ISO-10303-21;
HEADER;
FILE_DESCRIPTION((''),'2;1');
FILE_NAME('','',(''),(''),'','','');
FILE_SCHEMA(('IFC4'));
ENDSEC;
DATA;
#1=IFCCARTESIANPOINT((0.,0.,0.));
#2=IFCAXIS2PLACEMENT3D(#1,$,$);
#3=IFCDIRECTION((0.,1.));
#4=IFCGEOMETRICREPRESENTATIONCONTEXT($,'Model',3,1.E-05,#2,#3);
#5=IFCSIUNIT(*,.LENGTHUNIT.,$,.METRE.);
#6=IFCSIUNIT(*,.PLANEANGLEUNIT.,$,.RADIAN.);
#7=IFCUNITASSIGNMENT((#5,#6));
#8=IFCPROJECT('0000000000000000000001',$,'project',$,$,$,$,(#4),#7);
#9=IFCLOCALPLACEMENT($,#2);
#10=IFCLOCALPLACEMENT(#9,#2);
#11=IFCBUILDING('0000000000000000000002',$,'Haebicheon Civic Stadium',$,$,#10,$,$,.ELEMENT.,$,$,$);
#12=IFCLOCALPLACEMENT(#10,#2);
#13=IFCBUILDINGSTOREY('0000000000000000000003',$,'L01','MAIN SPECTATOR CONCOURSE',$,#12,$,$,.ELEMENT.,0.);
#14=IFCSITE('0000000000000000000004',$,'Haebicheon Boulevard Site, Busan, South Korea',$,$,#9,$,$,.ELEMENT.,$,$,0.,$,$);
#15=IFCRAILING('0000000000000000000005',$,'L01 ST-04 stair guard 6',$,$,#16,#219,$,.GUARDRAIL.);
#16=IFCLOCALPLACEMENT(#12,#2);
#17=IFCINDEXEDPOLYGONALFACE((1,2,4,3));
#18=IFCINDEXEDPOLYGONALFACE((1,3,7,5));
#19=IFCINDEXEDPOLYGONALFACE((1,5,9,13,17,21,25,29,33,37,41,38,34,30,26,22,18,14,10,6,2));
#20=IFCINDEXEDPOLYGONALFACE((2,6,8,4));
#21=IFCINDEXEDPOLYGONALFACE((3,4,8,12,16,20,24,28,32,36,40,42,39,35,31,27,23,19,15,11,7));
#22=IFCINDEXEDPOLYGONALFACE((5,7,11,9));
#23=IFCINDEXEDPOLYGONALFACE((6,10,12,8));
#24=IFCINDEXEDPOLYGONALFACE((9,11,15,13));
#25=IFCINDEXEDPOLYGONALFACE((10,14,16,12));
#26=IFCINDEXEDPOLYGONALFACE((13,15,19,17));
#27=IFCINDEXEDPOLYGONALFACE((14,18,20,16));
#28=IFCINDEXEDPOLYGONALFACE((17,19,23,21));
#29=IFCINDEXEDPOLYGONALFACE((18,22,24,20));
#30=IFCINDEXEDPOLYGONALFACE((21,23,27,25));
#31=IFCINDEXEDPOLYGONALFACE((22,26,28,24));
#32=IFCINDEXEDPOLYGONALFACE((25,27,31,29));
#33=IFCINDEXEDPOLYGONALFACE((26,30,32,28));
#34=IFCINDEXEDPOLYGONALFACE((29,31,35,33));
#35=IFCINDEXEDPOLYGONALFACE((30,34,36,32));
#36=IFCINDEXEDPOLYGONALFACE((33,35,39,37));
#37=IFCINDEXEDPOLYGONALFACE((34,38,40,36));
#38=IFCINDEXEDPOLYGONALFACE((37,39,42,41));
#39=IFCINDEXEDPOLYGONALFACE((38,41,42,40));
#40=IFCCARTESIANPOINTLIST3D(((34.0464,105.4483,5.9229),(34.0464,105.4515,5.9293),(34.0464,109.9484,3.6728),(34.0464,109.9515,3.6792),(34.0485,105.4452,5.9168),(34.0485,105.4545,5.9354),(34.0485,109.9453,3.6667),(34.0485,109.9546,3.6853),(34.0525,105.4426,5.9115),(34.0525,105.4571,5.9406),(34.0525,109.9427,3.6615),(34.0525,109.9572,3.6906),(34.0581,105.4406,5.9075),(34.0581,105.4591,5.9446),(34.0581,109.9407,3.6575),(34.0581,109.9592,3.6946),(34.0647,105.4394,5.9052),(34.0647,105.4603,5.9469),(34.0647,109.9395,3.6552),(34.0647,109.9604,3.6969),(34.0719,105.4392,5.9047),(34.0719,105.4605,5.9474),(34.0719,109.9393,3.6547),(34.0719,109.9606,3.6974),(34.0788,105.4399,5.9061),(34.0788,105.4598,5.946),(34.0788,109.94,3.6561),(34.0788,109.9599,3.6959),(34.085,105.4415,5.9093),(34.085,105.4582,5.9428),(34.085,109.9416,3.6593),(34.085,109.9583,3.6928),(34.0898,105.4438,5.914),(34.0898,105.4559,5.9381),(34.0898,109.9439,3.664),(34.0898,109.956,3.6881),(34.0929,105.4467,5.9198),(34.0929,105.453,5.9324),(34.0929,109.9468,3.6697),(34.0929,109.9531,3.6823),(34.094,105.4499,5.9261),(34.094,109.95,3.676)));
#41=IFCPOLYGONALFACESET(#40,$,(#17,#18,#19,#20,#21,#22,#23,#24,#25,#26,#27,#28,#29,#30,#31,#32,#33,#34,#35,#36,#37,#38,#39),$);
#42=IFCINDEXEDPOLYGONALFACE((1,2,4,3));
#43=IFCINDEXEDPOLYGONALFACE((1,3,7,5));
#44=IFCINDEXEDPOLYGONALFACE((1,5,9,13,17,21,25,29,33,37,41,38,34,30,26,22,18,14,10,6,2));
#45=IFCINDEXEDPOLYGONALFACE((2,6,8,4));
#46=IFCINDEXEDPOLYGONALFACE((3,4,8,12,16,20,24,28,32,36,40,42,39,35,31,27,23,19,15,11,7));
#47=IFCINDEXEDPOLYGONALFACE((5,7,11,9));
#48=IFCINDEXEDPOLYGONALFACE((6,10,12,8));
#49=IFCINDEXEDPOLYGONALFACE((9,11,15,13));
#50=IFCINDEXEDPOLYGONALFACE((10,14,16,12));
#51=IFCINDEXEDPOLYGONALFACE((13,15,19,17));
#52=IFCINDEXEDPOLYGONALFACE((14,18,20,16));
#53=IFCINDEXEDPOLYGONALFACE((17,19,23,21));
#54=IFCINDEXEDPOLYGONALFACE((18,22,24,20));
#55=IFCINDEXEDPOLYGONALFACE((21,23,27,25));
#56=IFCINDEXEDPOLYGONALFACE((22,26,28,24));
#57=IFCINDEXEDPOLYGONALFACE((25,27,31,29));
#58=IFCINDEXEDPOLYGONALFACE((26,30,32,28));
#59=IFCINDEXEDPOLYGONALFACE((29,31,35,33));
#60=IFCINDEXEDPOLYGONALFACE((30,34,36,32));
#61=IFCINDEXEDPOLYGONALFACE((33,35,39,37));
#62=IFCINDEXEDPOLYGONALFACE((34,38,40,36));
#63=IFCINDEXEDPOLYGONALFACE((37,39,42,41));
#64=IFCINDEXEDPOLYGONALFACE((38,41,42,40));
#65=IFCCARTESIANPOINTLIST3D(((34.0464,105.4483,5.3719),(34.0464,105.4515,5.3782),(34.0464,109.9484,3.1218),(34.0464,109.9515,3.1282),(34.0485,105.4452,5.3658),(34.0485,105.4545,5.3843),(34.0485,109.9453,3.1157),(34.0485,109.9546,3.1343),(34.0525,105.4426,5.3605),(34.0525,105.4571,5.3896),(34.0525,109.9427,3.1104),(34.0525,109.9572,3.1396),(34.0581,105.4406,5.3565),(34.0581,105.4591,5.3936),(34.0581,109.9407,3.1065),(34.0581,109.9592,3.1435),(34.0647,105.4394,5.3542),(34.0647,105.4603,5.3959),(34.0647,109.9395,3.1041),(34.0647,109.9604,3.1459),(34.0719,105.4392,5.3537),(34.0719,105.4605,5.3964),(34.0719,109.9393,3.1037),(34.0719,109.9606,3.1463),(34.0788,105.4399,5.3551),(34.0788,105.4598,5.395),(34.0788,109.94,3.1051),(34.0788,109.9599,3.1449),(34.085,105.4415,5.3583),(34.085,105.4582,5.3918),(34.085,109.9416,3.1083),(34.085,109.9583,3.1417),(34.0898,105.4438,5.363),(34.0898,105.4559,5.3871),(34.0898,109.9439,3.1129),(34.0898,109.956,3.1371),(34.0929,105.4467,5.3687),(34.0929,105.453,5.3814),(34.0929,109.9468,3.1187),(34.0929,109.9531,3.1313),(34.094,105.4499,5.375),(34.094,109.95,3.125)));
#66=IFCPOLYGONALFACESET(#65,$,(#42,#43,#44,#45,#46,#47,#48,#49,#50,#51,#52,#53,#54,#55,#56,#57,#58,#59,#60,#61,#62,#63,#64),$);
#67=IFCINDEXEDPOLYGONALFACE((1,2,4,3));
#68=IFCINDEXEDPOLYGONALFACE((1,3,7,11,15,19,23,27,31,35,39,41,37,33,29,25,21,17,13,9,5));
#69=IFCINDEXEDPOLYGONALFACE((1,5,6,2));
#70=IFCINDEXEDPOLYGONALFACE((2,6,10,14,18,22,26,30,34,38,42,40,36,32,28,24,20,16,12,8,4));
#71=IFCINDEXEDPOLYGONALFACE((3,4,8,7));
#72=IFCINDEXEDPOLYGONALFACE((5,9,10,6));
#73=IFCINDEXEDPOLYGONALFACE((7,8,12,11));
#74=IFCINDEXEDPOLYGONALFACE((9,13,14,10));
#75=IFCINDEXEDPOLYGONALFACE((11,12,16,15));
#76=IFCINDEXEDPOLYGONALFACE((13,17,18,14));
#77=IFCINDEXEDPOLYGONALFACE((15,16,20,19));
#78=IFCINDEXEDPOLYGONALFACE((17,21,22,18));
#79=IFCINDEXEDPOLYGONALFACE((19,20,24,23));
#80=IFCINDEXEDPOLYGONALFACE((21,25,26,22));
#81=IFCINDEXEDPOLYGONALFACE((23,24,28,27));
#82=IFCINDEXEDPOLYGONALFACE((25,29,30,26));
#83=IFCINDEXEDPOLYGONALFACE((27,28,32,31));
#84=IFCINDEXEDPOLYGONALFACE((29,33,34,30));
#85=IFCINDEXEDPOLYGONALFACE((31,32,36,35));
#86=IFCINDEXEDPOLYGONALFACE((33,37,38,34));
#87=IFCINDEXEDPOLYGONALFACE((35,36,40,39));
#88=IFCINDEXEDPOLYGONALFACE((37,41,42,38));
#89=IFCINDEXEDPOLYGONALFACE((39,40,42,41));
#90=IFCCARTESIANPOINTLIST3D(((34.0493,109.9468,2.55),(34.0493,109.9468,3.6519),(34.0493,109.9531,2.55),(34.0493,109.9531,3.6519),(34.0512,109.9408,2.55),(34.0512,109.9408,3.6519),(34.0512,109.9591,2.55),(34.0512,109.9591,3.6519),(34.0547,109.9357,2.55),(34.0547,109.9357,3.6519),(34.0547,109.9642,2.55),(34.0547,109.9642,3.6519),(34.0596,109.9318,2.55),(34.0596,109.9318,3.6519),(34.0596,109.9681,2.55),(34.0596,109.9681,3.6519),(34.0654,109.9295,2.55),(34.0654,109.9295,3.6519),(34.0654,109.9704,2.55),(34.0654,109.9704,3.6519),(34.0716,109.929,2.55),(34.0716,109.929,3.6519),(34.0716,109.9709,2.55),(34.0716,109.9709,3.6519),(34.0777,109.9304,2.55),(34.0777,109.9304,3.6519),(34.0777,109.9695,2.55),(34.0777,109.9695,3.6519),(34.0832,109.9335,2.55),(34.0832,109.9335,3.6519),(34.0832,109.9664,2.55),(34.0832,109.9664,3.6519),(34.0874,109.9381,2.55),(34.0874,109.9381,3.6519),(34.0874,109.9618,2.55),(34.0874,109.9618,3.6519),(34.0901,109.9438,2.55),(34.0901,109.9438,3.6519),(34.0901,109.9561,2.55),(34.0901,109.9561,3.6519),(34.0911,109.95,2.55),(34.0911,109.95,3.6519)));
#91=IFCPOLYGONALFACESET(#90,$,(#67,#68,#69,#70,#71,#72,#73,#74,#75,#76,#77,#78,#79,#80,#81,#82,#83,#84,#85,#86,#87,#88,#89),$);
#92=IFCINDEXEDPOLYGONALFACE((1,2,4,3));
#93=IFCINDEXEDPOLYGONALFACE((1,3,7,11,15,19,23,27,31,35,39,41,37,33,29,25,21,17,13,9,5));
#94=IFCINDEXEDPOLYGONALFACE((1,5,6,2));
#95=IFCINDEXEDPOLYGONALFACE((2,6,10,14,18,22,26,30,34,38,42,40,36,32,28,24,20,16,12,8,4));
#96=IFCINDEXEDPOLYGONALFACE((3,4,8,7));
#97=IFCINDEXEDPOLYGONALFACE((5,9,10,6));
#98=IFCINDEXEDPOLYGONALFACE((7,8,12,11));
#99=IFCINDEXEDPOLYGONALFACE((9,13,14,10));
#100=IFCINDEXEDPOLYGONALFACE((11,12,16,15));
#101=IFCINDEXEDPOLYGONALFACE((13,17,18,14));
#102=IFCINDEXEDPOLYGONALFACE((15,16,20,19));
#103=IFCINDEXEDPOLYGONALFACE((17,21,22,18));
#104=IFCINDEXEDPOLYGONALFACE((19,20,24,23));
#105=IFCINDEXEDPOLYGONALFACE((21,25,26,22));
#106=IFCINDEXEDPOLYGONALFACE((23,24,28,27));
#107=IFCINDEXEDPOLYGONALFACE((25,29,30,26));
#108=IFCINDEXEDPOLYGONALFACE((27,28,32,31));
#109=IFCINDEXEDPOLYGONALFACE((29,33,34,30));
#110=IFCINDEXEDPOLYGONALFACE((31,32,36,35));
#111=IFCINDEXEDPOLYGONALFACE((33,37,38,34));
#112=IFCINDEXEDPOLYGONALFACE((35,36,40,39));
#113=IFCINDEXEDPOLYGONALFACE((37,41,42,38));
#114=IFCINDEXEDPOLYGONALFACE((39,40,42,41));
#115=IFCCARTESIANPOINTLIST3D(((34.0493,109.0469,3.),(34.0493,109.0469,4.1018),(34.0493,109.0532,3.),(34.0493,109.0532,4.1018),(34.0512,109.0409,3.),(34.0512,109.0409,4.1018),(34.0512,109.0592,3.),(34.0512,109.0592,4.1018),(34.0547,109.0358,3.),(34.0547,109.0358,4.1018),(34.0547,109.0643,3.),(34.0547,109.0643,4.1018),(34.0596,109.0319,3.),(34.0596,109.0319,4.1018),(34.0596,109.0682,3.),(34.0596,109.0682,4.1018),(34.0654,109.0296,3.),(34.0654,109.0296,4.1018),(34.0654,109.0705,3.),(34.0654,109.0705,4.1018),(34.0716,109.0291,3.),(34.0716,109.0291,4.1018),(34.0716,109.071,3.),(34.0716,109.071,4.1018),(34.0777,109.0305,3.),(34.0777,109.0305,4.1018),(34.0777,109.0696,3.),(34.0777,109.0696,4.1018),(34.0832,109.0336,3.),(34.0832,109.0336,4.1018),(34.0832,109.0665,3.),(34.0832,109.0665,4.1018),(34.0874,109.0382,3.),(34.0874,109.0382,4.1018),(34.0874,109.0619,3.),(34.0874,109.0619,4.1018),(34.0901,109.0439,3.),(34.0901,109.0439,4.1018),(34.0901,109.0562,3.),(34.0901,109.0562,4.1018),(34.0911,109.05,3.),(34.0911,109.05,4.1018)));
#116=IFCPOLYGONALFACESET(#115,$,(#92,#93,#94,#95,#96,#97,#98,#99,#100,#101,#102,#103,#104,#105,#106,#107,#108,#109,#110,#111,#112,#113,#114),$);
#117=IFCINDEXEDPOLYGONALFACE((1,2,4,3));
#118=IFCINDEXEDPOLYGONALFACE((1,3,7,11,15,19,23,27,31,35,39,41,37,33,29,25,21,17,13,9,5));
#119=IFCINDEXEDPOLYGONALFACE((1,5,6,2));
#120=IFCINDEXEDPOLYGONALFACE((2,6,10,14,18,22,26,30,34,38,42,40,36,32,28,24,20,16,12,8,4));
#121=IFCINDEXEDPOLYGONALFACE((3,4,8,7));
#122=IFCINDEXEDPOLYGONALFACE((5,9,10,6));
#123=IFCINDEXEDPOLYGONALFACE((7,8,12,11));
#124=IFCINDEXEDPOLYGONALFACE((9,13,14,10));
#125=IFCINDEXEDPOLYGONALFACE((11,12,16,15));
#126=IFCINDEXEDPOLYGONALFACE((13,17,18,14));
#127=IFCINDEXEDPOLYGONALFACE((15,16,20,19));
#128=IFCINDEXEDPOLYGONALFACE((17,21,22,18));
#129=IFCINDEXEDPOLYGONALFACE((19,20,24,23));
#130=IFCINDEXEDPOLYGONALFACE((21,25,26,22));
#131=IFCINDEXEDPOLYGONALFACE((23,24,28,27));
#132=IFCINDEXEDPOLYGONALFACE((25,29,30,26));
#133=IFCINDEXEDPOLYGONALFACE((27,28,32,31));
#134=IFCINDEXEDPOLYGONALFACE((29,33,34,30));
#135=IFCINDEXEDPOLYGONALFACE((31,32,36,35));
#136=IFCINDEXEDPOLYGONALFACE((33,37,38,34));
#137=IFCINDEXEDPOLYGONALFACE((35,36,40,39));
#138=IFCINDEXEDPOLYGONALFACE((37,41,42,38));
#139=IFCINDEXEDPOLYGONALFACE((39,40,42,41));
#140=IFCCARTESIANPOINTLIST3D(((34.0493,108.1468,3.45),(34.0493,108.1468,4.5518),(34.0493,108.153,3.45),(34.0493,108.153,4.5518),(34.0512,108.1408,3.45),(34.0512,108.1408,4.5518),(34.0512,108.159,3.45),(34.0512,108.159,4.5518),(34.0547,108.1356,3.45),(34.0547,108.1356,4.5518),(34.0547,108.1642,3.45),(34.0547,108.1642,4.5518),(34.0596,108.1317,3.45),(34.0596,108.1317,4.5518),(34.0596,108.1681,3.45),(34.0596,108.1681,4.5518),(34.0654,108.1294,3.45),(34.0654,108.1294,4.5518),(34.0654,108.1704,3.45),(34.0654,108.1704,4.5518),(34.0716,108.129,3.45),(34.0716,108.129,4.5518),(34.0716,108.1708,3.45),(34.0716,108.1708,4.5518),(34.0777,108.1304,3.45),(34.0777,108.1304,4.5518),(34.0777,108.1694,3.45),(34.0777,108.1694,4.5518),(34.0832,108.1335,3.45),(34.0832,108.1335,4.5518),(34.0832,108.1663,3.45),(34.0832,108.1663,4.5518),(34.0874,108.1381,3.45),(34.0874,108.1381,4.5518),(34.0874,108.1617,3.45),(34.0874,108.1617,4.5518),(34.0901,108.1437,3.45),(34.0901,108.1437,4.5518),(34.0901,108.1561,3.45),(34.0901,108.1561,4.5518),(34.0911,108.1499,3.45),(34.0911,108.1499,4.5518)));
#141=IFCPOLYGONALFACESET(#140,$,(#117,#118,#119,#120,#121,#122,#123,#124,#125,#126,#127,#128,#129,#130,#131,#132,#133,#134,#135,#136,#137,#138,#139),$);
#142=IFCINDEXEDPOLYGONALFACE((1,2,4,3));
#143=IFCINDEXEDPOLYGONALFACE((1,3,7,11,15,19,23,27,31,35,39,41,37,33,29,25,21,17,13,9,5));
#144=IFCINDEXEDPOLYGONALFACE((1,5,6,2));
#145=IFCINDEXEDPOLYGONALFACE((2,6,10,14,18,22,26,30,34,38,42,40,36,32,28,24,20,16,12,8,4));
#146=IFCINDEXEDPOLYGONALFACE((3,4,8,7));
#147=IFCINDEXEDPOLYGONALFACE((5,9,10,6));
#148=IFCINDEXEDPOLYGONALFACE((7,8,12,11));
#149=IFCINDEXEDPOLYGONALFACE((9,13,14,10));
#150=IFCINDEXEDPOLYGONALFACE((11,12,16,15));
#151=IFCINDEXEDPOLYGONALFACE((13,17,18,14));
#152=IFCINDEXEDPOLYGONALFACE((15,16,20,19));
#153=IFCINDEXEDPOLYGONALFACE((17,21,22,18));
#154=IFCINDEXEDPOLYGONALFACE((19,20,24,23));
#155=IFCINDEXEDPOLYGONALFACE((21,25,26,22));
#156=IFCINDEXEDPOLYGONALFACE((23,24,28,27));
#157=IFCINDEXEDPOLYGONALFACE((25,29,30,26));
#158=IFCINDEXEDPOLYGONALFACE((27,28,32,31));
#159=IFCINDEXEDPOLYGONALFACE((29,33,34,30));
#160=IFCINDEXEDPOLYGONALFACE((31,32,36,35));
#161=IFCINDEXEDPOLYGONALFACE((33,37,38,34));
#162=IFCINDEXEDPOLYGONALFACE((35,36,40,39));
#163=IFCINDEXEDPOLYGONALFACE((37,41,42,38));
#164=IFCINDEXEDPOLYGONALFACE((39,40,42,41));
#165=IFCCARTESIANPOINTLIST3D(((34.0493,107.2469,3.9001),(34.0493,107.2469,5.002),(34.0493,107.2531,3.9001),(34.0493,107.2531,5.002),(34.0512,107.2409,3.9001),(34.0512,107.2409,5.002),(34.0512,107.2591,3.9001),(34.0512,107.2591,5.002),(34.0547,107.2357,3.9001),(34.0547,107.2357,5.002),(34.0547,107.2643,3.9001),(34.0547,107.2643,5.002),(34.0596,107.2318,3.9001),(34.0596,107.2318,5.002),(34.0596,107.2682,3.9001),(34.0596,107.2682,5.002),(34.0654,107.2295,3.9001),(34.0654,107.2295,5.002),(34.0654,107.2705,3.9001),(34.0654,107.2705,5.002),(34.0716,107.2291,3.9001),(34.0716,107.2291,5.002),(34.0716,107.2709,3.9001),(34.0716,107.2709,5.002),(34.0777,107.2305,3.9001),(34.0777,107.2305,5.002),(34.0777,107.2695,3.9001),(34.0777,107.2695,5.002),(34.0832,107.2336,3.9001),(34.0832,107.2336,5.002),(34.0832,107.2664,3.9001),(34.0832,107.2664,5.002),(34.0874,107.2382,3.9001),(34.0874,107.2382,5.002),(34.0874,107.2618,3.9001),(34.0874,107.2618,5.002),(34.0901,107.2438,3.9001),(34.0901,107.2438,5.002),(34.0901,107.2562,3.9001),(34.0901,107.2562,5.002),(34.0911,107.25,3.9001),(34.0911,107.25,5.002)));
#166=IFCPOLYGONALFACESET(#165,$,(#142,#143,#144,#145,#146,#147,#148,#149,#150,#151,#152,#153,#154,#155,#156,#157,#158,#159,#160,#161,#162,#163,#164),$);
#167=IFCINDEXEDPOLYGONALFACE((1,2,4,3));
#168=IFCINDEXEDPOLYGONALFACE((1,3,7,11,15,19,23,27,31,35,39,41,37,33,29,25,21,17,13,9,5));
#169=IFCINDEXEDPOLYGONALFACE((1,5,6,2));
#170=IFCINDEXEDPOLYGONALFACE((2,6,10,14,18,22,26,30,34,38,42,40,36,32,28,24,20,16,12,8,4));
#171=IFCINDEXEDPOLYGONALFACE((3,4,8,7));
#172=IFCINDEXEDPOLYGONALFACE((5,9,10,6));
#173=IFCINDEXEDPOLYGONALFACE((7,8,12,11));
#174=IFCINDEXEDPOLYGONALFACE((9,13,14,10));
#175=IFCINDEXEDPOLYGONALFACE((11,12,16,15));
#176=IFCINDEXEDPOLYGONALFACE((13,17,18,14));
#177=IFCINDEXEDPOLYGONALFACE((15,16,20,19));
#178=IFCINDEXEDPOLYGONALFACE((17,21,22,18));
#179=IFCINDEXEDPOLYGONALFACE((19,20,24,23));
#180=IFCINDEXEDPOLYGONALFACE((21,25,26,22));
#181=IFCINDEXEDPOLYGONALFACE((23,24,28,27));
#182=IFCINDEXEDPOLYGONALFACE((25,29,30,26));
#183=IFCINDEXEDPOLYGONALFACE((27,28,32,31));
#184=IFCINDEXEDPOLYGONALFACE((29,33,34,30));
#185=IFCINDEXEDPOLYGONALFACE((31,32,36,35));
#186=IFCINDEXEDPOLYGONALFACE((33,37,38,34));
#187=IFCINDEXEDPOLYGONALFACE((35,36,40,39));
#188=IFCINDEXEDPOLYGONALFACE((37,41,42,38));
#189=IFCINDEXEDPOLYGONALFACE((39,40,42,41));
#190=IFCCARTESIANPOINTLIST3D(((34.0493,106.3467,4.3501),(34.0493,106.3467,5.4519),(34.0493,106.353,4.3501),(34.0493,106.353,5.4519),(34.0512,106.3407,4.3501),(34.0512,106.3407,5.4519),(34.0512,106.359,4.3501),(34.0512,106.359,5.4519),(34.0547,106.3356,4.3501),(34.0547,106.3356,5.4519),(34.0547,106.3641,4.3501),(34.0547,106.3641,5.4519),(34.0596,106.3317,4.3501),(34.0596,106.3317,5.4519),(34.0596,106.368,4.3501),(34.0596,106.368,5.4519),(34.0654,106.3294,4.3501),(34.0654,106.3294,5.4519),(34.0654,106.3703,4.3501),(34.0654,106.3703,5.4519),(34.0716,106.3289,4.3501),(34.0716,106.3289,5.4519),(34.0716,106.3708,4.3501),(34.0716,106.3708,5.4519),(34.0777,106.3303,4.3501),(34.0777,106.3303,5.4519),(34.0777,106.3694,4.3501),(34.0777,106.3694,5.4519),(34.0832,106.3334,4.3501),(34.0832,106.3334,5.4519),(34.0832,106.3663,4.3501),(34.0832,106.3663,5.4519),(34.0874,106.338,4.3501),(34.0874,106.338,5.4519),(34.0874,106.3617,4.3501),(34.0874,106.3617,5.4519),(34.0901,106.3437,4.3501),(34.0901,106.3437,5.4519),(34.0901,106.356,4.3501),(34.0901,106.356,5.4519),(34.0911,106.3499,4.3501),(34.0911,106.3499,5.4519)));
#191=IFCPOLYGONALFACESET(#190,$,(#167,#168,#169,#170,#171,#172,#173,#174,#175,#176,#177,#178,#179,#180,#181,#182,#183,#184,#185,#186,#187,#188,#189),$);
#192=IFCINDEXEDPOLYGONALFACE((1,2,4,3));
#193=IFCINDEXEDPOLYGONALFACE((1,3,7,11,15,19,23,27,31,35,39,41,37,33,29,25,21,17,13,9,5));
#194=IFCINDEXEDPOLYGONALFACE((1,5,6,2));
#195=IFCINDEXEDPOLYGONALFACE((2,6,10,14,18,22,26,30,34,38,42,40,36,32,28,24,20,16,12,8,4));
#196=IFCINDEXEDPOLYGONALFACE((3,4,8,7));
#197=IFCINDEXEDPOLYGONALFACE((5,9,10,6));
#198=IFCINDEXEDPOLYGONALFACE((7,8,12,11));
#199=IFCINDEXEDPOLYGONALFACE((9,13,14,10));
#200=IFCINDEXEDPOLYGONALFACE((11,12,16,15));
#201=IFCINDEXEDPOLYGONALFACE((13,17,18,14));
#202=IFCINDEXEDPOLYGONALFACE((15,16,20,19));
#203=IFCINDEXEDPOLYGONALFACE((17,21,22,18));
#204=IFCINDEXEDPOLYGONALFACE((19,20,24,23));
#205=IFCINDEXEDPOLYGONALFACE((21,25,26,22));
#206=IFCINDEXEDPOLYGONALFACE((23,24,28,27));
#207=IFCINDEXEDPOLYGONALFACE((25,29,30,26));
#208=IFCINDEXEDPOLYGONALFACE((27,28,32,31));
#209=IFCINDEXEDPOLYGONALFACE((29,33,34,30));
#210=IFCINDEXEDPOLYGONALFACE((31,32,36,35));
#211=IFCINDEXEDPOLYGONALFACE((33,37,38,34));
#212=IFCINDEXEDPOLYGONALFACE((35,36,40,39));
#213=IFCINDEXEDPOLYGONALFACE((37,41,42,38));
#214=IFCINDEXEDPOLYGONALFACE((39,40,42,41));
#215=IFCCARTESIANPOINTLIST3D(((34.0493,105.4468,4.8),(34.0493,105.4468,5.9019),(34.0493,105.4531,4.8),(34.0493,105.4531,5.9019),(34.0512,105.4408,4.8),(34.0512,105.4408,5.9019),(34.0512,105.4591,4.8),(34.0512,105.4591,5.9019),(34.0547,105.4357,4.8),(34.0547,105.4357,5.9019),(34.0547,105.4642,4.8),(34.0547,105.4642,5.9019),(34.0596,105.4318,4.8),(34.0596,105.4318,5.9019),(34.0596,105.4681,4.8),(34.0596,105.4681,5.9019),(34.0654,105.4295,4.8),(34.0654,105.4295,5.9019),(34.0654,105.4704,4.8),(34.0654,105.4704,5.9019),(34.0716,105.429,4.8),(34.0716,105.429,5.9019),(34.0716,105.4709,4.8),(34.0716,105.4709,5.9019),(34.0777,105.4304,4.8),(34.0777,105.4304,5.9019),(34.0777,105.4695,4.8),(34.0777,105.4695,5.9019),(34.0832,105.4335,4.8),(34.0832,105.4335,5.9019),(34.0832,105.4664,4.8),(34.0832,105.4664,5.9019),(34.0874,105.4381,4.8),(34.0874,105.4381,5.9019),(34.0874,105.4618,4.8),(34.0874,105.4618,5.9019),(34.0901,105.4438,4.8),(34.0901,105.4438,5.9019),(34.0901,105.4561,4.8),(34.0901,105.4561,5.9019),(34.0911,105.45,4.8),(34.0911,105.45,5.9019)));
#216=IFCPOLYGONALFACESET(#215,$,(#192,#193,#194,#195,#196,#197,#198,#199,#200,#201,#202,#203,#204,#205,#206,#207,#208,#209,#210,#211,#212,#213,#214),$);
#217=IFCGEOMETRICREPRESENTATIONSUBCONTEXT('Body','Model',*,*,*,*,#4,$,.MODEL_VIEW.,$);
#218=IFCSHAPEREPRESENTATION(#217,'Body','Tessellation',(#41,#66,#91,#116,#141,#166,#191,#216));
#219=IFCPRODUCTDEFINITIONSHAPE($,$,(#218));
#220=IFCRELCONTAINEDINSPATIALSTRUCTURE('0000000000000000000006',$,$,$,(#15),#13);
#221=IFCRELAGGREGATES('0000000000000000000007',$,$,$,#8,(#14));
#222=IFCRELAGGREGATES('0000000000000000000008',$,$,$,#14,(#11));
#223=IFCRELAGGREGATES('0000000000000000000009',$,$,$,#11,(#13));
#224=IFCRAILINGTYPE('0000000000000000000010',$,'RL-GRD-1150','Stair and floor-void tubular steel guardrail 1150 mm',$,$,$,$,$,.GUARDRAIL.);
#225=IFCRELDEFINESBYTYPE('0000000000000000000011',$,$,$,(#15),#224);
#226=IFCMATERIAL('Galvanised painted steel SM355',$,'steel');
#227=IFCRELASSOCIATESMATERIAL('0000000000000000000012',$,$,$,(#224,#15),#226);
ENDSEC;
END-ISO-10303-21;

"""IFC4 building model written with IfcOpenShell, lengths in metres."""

from ifc_helpers import new_model, si_unit, direction, frame, origin, origin_2d, place, context, subcontext, project, spatial, circle, extrude, material, type_object, element, save


model = new_model("IFC4")

# Units and contexts
model_context = context("Model", 3, precision=1e-05, world=origin(), true_north=direction((0.0, 1.0)))
body_context = subcontext(model_context, "Body", "Model", "MODEL_VIEW")
ifc_project = project(units=[si_unit("LENGTHUNIT", "METRE"), si_unit("PLANEANGLEUNIT", "RADIAN")], contexts=[model_context])

# Site, building, storey
site_placement = place(None, origin())
site = spatial("IfcSite", under=ifc_project, at=site_placement, Name="Haebicheon Boulevard Site, Busan, South Korea", CompositionType="ELEMENT", RefElevation=0.0)
building_placement = place(site_placement, origin())
building = spatial("IfcBuilding", under=site, at=building_placement, Name="Haebicheon Civic Stadium", CompositionType="ELEMENT")
storey_placement = place(building_placement, origin())
storey = spatial("IfcBuildingStorey", under=building, at=storey_placement, Name="L01", Description="MAIN SPECTATOR CONCOURSE", CompositionType="ELEMENT", Elevation=0.0)

# Railing
ifc_material_1 = material(Name="Galvanised painted steel SM355", Category="steel")
railing_type_1 = type_object("IfcRailingType", Name="RL-GRD-1150", Description="Stair and floor-void tubular steel guardrail 1150 mm", PredefinedType="GUARDRAIL", material=ifc_material_1)
railing_1_placement = place(storey_placement, frame((34.0701, 109.95, 2.55)))
element("IfcRailing", 1, at=railing_1_placement, inside=storey, type_object=railing_type_1, material=ifc_material_1, Name="L01 ST-04 stair guard 6", PredefinedType="GUARDRAIL", context=body_context, shape_type="SweptSolid", body=[
    extrude(circle(Radius=0.0239, at=origin_2d()), frame((0.0, 0.0, 1.126), z_axis=(0.0, -0.894427, 0.447214), x_axis=(1.0, 0.0, 0.0)), (0.0, 0.0, 1.0), 5.0312),
    extrude(circle(Radius=0.0239, at=origin_2d()), frame((0.0, 0.0, 0.575), z_axis=(0.0, -0.894427, 0.447214), x_axis=(1.0, 0.0, 0.0)), (0.0, 0.0, 1.0), 5.0312),
    extrude(circle(Radius=0.021, at=origin_2d()), origin(), (0.0, 0.0, 1.0), 1.1018),
    extrude(circle(Radius=0.021, at=origin_2d()), frame((0.0, -0.8999, 0.45)), (0.0, 0.0, 1.0), 1.1018),
    extrude(circle(Radius=0.021, at=origin_2d()), frame((0.0, -1.8, 0.8999)), (0.0, 0.0, 1.0), 1.1018),
    extrude(circle(Radius=0.021, at=origin_2d()), frame((0.0, -2.7, 1.3501)), (0.0, 0.0, 1.0), 1.1018),
    extrude(circle(Radius=0.021, at=origin_2d()), frame((0.0, -3.6001, 1.8)), (0.0, 0.0, 1.0), 1.1018),
    extrude(circle(Radius=0.021, at=origin_2d()), frame((0.0, -4.5, 2.25)), (0.0, 0.0, 1.0), 1.1018),
])

save(model, "model.ifc")
